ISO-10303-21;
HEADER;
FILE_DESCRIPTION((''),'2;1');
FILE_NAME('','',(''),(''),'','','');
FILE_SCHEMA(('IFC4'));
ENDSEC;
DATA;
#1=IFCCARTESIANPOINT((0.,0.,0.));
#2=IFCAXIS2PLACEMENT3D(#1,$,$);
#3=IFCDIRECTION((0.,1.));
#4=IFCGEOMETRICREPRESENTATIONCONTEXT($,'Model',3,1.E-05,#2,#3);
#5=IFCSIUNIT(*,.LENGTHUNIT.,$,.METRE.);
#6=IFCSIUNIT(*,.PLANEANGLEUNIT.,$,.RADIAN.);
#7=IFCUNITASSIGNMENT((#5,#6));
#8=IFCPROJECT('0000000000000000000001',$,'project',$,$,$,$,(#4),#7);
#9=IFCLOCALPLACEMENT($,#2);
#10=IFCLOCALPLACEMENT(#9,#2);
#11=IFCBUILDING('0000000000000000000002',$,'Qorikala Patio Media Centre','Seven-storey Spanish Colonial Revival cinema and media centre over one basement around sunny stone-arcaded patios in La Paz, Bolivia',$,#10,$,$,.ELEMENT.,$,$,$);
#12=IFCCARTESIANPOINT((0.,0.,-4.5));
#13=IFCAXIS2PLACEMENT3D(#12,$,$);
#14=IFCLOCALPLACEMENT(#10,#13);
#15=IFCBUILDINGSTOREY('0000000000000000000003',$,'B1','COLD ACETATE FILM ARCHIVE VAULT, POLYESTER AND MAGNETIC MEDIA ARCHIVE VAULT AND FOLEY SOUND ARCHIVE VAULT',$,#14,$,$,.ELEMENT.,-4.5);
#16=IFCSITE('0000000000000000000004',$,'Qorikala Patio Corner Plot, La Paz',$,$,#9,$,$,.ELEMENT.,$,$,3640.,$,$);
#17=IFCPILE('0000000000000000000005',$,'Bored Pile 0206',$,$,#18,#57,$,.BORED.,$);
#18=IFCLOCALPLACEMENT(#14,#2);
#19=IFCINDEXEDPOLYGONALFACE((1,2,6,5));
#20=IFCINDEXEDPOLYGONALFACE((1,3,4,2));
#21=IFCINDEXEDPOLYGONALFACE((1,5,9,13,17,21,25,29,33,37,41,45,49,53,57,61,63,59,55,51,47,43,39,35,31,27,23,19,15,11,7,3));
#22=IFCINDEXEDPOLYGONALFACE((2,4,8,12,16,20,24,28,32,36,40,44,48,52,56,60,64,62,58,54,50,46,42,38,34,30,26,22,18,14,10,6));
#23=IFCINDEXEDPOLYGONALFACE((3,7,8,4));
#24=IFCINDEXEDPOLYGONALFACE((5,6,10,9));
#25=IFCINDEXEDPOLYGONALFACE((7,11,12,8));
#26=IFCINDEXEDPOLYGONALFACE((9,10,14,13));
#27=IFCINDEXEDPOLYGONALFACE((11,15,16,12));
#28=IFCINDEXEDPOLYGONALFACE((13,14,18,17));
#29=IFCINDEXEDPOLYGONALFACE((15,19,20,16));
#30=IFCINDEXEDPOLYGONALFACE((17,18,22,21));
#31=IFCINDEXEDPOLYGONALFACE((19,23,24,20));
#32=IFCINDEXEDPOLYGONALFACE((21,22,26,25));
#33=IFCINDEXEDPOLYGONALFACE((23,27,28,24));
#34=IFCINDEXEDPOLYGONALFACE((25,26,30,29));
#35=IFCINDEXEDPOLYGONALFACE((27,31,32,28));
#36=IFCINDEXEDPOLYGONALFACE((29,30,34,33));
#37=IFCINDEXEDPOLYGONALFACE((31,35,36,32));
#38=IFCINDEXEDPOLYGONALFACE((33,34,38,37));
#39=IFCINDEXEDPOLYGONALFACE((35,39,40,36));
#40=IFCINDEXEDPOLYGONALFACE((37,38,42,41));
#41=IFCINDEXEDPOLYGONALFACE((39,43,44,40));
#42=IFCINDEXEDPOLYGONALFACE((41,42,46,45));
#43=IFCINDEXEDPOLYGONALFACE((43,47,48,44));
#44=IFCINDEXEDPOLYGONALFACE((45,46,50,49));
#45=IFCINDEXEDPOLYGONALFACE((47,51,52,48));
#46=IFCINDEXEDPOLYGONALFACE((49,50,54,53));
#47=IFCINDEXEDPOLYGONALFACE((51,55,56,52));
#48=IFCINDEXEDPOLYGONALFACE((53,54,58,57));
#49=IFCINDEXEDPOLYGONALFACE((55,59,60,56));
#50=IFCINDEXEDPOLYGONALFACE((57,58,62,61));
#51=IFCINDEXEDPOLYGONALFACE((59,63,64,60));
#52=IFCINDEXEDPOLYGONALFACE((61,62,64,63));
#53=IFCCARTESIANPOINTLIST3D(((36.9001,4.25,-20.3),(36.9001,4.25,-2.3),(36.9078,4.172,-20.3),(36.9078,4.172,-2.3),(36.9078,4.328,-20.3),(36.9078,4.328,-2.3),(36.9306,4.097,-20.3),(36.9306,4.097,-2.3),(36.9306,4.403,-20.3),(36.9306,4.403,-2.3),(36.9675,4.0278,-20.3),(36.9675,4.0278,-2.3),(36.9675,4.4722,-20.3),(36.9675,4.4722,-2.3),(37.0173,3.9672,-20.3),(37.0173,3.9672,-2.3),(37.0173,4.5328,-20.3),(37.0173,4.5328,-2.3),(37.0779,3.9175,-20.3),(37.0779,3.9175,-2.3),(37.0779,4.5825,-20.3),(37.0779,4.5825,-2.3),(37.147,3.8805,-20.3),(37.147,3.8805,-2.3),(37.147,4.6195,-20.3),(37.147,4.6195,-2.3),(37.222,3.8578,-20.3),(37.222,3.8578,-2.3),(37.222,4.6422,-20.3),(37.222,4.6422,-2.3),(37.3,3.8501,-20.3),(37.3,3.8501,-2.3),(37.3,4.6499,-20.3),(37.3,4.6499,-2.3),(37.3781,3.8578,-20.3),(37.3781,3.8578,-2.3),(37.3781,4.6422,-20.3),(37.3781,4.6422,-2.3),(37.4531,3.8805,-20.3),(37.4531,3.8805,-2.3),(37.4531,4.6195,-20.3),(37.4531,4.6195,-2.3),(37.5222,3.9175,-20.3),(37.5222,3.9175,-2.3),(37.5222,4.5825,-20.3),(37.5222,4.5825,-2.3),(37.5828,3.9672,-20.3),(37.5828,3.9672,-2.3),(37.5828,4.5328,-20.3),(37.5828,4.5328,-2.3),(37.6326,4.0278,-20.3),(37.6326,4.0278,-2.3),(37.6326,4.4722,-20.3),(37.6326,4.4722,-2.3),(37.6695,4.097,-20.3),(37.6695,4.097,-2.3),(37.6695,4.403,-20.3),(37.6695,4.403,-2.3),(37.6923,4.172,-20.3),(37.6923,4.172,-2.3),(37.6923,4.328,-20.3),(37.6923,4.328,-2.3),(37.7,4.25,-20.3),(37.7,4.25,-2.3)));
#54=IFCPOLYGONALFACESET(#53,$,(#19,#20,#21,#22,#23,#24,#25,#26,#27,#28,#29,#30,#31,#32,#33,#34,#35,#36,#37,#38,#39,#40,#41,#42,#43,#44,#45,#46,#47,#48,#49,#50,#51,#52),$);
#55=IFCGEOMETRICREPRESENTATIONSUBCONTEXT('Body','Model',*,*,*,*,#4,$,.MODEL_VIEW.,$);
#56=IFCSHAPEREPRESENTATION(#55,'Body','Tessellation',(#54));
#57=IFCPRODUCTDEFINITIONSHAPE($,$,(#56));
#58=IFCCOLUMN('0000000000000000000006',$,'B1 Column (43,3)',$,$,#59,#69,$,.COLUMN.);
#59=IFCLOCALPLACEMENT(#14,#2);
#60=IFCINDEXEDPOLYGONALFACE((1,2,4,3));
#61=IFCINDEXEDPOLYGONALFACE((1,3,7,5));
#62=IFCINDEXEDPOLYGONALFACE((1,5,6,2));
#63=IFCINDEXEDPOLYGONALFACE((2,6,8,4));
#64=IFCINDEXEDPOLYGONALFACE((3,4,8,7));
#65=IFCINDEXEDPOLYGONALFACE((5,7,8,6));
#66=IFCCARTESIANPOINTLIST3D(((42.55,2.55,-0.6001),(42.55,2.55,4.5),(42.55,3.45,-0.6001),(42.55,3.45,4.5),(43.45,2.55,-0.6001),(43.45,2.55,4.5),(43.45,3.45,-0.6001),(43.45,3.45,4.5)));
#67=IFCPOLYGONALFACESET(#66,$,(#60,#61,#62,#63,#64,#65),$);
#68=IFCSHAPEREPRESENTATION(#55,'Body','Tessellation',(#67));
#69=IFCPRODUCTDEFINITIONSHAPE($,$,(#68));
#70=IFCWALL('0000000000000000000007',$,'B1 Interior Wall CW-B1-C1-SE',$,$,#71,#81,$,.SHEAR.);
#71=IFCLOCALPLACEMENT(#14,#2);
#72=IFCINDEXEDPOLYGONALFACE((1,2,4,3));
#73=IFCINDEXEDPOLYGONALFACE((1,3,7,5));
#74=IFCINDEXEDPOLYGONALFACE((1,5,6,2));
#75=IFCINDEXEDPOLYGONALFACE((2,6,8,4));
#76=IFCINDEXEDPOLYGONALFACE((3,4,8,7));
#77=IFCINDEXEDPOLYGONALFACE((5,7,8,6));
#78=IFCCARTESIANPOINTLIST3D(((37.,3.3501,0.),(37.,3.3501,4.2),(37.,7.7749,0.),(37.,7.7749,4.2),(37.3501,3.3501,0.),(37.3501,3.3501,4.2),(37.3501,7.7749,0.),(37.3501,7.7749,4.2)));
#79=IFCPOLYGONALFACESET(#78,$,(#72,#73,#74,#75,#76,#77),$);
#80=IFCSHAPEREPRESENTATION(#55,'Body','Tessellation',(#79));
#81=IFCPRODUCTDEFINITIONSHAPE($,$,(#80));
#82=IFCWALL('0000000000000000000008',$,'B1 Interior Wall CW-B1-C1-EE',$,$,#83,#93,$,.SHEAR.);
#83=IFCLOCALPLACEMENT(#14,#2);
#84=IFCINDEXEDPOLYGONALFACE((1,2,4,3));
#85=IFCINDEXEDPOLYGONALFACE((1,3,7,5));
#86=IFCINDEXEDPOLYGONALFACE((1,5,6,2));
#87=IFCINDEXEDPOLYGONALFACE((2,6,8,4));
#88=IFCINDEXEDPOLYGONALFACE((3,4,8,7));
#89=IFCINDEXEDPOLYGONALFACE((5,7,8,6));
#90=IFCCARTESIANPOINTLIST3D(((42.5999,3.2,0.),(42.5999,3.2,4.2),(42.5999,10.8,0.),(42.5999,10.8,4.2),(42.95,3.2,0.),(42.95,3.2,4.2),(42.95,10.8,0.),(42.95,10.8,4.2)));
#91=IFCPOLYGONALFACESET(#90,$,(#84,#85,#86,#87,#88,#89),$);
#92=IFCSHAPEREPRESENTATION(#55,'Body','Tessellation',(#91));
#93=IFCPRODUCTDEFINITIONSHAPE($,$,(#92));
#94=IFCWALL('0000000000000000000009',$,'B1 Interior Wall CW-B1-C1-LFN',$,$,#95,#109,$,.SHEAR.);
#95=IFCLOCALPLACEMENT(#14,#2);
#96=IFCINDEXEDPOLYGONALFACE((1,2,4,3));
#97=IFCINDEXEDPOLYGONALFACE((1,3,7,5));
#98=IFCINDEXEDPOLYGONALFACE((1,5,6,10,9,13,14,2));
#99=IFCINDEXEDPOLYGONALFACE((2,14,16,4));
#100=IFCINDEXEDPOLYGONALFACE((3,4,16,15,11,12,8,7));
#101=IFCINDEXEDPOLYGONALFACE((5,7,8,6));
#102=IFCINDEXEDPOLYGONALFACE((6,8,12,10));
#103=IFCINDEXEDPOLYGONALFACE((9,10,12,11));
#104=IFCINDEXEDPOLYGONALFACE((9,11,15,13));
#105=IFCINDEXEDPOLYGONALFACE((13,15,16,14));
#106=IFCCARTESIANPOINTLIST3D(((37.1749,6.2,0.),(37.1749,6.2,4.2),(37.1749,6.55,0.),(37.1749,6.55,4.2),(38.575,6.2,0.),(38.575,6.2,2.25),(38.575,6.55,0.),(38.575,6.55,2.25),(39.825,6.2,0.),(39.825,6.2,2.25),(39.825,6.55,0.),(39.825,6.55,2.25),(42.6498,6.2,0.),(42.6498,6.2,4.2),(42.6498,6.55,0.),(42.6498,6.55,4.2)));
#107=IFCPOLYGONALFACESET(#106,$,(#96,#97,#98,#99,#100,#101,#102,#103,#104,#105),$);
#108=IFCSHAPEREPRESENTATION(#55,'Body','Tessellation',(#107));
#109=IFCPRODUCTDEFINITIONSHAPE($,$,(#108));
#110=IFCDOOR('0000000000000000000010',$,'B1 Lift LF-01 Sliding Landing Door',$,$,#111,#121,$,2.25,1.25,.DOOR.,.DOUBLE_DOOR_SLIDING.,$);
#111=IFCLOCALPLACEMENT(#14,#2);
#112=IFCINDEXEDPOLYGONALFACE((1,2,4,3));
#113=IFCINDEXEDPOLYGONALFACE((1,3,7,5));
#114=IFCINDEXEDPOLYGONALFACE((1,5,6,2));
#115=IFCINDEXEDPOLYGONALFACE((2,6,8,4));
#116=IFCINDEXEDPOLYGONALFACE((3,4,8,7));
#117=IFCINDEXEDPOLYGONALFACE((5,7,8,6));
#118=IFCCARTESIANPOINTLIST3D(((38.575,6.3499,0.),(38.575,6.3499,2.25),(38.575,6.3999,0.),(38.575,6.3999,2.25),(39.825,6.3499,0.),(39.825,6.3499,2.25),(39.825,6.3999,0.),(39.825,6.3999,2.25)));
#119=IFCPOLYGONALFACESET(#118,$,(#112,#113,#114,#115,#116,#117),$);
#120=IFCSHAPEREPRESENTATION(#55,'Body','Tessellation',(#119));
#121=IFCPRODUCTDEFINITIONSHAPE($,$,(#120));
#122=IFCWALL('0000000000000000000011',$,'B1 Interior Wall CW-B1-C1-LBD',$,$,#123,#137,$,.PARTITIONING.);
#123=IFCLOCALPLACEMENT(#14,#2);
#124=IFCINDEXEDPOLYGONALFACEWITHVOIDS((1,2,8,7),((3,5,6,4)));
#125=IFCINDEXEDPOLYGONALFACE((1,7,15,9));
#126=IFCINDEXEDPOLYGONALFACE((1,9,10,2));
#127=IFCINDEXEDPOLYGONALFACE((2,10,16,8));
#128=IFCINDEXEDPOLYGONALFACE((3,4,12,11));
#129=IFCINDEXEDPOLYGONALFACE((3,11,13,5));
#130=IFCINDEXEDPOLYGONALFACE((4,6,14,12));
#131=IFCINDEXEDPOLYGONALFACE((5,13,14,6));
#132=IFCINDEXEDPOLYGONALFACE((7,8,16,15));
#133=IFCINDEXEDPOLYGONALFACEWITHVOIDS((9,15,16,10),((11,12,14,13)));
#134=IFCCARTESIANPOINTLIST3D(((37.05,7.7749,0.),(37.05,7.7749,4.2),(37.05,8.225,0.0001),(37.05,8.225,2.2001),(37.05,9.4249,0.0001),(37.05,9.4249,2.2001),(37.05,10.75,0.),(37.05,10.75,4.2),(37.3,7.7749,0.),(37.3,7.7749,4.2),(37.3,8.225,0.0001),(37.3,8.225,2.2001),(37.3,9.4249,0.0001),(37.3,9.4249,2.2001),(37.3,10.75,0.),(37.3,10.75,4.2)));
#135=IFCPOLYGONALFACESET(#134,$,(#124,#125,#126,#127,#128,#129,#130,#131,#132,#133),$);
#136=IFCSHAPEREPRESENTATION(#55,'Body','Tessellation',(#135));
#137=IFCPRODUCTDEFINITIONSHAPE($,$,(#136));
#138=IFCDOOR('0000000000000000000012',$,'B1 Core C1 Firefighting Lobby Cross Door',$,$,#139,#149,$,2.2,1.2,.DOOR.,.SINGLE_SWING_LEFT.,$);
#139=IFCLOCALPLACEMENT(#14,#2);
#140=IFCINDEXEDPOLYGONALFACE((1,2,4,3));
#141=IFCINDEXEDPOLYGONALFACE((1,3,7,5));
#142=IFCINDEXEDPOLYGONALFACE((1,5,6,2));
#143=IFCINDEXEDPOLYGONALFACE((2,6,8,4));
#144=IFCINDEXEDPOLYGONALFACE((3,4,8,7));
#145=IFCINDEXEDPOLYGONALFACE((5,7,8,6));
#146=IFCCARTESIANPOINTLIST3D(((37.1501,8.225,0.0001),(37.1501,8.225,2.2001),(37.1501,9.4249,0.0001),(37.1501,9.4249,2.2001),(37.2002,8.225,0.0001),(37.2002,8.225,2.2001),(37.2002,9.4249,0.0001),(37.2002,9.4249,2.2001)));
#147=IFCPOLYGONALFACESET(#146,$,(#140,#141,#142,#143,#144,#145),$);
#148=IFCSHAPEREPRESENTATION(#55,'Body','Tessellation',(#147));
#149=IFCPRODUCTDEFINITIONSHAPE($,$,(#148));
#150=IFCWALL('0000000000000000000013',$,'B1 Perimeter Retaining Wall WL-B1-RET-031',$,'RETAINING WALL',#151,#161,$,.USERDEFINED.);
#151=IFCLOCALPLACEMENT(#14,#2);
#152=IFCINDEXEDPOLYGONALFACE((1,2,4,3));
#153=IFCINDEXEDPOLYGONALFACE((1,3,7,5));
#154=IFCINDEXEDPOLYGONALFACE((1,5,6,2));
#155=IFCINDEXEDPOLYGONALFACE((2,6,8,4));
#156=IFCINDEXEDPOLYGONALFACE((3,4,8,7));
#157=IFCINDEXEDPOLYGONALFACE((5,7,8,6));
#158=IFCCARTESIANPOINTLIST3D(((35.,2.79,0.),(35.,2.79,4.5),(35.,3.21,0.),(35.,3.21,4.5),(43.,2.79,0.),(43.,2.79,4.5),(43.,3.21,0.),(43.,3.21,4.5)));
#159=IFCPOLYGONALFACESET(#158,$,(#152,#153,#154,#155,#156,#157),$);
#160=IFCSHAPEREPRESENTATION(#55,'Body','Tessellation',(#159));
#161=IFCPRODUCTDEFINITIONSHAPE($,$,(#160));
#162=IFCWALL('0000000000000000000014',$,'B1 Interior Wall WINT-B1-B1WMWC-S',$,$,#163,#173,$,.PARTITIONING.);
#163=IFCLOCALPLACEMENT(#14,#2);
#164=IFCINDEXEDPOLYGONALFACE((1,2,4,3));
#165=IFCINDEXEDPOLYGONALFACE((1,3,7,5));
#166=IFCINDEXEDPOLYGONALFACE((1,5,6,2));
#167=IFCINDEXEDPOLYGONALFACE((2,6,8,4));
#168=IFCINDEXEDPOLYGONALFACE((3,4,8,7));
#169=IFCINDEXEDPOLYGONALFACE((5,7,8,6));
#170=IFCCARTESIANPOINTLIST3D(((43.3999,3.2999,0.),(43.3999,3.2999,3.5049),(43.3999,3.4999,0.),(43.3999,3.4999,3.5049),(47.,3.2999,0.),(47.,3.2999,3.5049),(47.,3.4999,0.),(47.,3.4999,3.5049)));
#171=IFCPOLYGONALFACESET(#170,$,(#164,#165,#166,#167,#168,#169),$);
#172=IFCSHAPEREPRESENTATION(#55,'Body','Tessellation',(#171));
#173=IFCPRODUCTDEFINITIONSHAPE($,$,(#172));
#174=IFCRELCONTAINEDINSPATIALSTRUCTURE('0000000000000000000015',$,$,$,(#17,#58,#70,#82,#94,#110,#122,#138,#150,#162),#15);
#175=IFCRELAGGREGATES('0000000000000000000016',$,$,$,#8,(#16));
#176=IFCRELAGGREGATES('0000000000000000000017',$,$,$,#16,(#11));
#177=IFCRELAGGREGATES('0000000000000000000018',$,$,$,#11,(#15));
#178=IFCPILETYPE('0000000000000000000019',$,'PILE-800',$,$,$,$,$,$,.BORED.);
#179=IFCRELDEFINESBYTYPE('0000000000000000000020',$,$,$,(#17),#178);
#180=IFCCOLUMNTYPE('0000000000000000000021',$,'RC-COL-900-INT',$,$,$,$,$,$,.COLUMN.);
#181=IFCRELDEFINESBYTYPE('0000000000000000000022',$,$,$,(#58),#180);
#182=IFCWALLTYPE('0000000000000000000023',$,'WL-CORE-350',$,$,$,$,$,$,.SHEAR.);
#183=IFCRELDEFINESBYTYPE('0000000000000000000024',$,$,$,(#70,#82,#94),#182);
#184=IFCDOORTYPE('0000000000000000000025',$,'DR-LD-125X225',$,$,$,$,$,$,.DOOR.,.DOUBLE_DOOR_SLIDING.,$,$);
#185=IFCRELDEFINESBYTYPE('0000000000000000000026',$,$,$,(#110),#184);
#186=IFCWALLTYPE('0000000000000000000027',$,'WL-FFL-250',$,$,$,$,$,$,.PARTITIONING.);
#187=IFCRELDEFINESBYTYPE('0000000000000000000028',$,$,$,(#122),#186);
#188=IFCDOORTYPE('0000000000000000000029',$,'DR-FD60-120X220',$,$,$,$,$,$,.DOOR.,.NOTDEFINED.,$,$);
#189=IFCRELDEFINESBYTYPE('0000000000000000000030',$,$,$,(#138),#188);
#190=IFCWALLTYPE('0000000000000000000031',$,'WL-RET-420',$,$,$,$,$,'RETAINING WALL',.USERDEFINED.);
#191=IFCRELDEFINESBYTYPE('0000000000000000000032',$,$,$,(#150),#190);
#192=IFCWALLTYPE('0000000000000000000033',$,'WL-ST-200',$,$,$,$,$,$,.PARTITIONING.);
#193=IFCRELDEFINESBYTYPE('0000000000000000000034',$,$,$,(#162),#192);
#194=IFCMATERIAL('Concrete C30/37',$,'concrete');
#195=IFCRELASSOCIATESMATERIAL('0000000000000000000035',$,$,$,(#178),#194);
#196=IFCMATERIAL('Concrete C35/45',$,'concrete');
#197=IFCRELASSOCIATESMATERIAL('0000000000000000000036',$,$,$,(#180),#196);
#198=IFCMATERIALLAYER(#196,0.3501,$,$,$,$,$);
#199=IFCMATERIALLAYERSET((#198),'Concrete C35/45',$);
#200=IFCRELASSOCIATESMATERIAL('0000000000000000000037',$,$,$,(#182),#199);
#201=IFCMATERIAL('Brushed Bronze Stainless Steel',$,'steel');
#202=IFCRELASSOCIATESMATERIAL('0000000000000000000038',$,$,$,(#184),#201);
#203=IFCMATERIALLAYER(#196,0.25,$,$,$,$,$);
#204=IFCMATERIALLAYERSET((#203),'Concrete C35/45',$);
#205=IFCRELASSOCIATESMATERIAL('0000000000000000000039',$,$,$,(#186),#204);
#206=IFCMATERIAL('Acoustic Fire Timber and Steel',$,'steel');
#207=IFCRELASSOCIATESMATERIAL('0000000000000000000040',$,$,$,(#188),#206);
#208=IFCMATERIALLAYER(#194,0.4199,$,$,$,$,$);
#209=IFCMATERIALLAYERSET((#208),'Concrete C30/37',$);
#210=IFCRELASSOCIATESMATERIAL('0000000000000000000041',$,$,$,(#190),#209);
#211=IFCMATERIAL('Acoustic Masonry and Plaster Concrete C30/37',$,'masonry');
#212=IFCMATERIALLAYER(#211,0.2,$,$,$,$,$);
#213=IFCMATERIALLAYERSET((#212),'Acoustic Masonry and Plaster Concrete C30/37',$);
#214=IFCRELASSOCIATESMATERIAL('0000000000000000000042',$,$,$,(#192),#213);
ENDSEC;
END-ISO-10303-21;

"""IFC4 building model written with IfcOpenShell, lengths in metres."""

from ifc_helpers import new_model, si_unit, direction, frame, frame_2d, origin, origin_2d, place, context, subcontext, project, spatial, rectangle, circle, extrude, material, layer, layer_set, material_profile, profile_set, type_object, element, fill, save


model = new_model("IFC4")

# Units and contexts
model_context = context("Model", 3, precision=1e-05, world=origin(), true_north=direction((0.0, 1.0)))
body_context = subcontext(model_context, "Body", "Model", "MODEL_VIEW")
ifc_project = project(units=[si_unit("LENGTHUNIT", "METRE"), si_unit("PLANEANGLEUNIT", "RADIAN")], contexts=[model_context])

# Site, building, storey
site_placement = place(None, origin())
site = spatial("IfcSite", under=ifc_project, at=site_placement, Name="Qorikala Patio Corner Plot, La Paz", CompositionType="ELEMENT", RefElevation=3640.0)
building_placement = place(site_placement, origin())
building = spatial("IfcBuilding", under=site, at=building_placement, Name="Qorikala Patio Media Centre", Description="Seven-storey Spanish Colonial Revival cinema and media centre over one basement around sunny stone-arcaded patios in La Paz, Bolivia", CompositionType="ELEMENT")
storey_placement = place(building_placement, frame((0.0, 0.0, -4.5)))
storey = spatial("IfcBuildingStorey", under=building, at=storey_placement, Name="B1", Description="COLD ACETATE FILM ARCHIVE VAULT, POLYESTER AND MAGNETIC MEDIA ARCHIVE VAULT AND FOLEY SOUND ARCHIVE VAULT", CompositionType="ELEMENT", Elevation=-4.5)

# Shared definitions
ifc_material_1 = material(Name="Concrete C30/37", Category="concrete")

# Pile
ifc_material_profile_1 = material_profile(ifc_material_1, circle(Radius=0.3999, at=origin_2d()), Name="BORED PILE 800")
ifc_profile_set_1 = profile_set([ifc_material_profile_1], Name="Concrete C30/37")
pile_type_1 = type_object("IfcPileType", Name="PILE-800", PredefinedType="BORED", material=ifc_profile_set_1)
for number, where, z_axis, x_axis, name in (
    (1, (37.3, 4.25, -2.3), (0.0, 0.0, -1.0), (1.0, 0.0, 0.0), "Bored Pile 0206"),
):
    element("IfcPile", number, at=place(storey_placement, frame(where, z_axis=z_axis, x_axis=x_axis)), inside=storey, type_object=pile_type_1, Name=name, PredefinedType="BORED", context=body_context, shape_type="SweptSolid", body=[
        extrude(circle(Radius=0.3999, at=origin_2d()), origin(), (0.0, 0.0, 1.0), 18.0),
    ])

# Column
ifc_material_2 = material(Name="Concrete C35/45", Category="concrete")
ifc_material_profile_2 = material_profile(ifc_material_2, rectangle(XDim=0.8999, YDim=0.8999, at=origin_2d()), Name="RC 900x900")
ifc_profile_set_2 = profile_set([ifc_material_profile_2], Name="Concrete C35/45")
column_type = type_object("IfcColumnType", Name="RC-COL-900-INT", PredefinedType="COLUMN", material=ifc_profile_set_2)
column_placement = place(storey_placement, frame((43.0, 3.0, -0.6001), z_axis=(0.0, 0.0, 1.0), x_axis=(1.0, 0.0, 0.0)))
element("IfcColumn", 2, at=column_placement, inside=storey, type_object=column_type, Name="B1 Column (43,3)", PredefinedType="COLUMN", context=body_context, shape_type="SweptSolid", body=[
    extrude(rectangle(XDim=0.8999, YDim=0.8999, at=origin_2d()), origin(), (0.0, 0.0, 1.0), 5.1001),
])

# Walls
ifc_layer_1 = layer(ifc_material_2, 0.3501)
ifc_layer_set_1 = layer_set([ifc_layer_1], Name="Concrete C35/45")
wall_type_1 = type_object("IfcWallType", Name="WL-CORE-350", PredefinedType="SHEAR", material=ifc_layer_set_1)
wall_1_placement = place(storey_placement, frame((37.175, 3.3501, 0.0), z_axis=(0.0, 0.0, 1.0), x_axis=(0.0, 1.0, 0.0)))
element("IfcWall", 3, at=wall_1_placement, inside=storey, type_object=wall_type_1, Name="B1 Interior Wall CW-B1-C1-SE", PredefinedType="SHEAR", context=body_context, shape_type="SweptSolid", body=[
    extrude(rectangle(XDim=4.4248, YDim=0.3501, at=frame_2d((2.2124, 0.0))), origin(), (0.0, 0.0, 1.0), 4.2),
])
wall_2_placement = place(storey_placement, frame((42.7749, 3.2, 0.0), z_axis=(0.0, 0.0, 1.0), x_axis=(0.0, 1.0, 0.0)))
element("IfcWall", 4, at=wall_2_placement, inside=storey, type_object=wall_type_1, Name="B1 Interior Wall CW-B1-C1-EE", PredefinedType="SHEAR", context=body_context, shape_type="SweptSolid", body=[
    extrude(rectangle(XDim=7.6001, YDim=0.3501, at=frame_2d((3.8, 0.0))), origin(), (0.0, 0.0, 1.0), 4.2),
])

# Walls, openings, doors
wall_3_placement = place(storey_placement, frame((37.175, 6.375, 0.0), z_axis=(0.0, 0.0, 1.0), x_axis=(1.0, 0.0, 0.0)))
wall_3 = element("IfcWall", 5, at=wall_3_placement, inside=storey, type_object=wall_type_1, Name="B1 Interior Wall CW-B1-C1-LFN", PredefinedType="SHEAR", context=body_context, shape_type="SweptSolid", body=[
    extrude(rectangle(XDim=5.4749, YDim=0.3501, at=frame_2d((2.7373, 0.0))), origin(), (0.0, 0.0, 1.0), 4.2),
])
opening_1_placement = place(wall_3_placement, frame((1.3999, 0.0, 0.0)))
opening_1 = element("IfcOpeningElement", 6, at=opening_1_placement, cuts=wall_3, PredefinedType="OPENING", context=body_context, shape_type="SweptSolid", body=[
    extrude(rectangle(XDim=1.25, YDim=2.25, at=frame_2d((0.625, 1.125))), frame((0.0, 0.1851, 0.0), z_axis=(0.0, -1.0, 0.0), x_axis=(1.0, 0.0, 0.0)), (0.0, 0.0, 1.0), 0.3701),
])
ifc_material_3 = material(Name="Brushed Bronze Stainless Steel", Category="steel")
door_type_1 = type_object("IfcDoorType", Name="DR-LD-125X225", OperationType="DOUBLE_DOOR_SLIDING", PredefinedType="DOOR", material=ifc_material_3)
door_1_placement = place(opening_1_placement, origin())
door_1 = element("IfcDoor", 7, at=door_1_placement, inside=storey, type_object=door_type_1, Name="B1 Lift LF-01 Sliding Landing Door", OperationType="DOUBLE_DOOR_SLIDING", OverallHeight=2.25, OverallWidth=1.25, PredefinedType="DOOR", context=body_context, shape_type="SweptSolid", body=[
    extrude(rectangle(XDim=1.25, YDim=2.25, at=frame_2d((0.625, 1.125))), frame((0.0, 0.0249, 0.0), z_axis=(0.0, -1.0, 0.0), x_axis=(1.0, 0.0, 0.0)), (0.0, 0.0, 1.0), 0.05),
])
fill(opening_1, door_1)
ifc_layer_2 = layer(ifc_material_2, 0.25)
ifc_layer_set_2 = layer_set([ifc_layer_2], Name="Concrete C35/45")
wall_type_2 = type_object("IfcWallType", Name="WL-FFL-250", PredefinedType="PARTITIONING", material=ifc_layer_set_2)
wall_4_placement = place(storey_placement, frame((37.175, 7.7749, 0.0), z_axis=(0.0, 0.0, 1.0), x_axis=(0.0, 1.0, 0.0)))
wall_4 = element("IfcWall", 8, at=wall_4_placement, inside=storey, type_object=wall_type_2, Name="B1 Interior Wall CW-B1-C1-LBD", PredefinedType="PARTITIONING", context=body_context, shape_type="SweptSolid", body=[
    extrude(rectangle(XDim=2.9751, YDim=0.25, at=frame_2d((1.4875, 0.0))), origin(), (0.0, 0.0, 1.0), 4.2),
])
opening_2_placement = place(wall_4_placement, frame((0.45, 0.0, 0.0)))
opening_2 = element("IfcOpeningElement", 9, at=opening_2_placement, cuts=wall_4, PredefinedType="OPENING", context=body_context, shape_type="SweptSolid", body=[
    extrude(rectangle(XDim=1.2, YDim=2.2, at=frame_2d((0.6001, 1.1001))), frame((0.0, 0.135, 0.0), z_axis=(0.0, -1.0, 0.0), x_axis=(1.0, 0.0, 0.0)), (0.0, 0.0, 1.0), 0.27),
])
ifc_material_4 = material(Name="Acoustic Fire Timber and Steel", Category="steel")
door_type_2 = type_object("IfcDoorType", Name="DR-FD60-120X220", OperationType="NOTDEFINED", PredefinedType="DOOR", material=ifc_material_4)
door_2_placement = place(opening_2_placement, origin())
door_2 = element("IfcDoor", 10, at=door_2_placement, inside=storey, type_object=door_type_2, Name="B1 Core C1 Firefighting Lobby Cross Door", OperationType="SINGLE_SWING_LEFT", OverallHeight=2.2, OverallWidth=1.2, PredefinedType="DOOR", context=body_context, shape_type="SweptSolid", body=[
    extrude(rectangle(XDim=1.2, YDim=2.2, at=frame_2d((0.6001, 1.1001))), frame((0.0, 0.0249, 0.0), z_axis=(0.0, -1.0, 0.0), x_axis=(1.0, 0.0, 0.0)), (0.0, 0.0, 1.0), 0.05),
])
fill(opening_2, door_2)

# Walls
ifc_layer_3 = layer(ifc_material_1, 0.4199)
ifc_layer_set_3 = layer_set([ifc_layer_3], Name="Concrete C30/37")
wall_type_3 = type_object("IfcWallType", Name="WL-RET-420", ElementType="RETAINING WALL", PredefinedType="USERDEFINED", material=ifc_layer_set_3)
wall_5_placement = place(storey_placement, frame((43.0, 3.0, 0.0), z_axis=(0.0, 0.0, 1.0), x_axis=(-1.0, 0.0, 0.0)))
element("IfcWall", 11, at=wall_5_placement, inside=storey, type_object=wall_type_3, Name="B1 Perimeter Retaining Wall WL-B1-RET-031", ObjectType="RETAINING WALL", PredefinedType="USERDEFINED", context=body_context, shape_type="SweptSolid", body=[
    extrude(rectangle(XDim=8.0, YDim=0.4199, at=frame_2d((4.0, 0.0))), origin(), (0.0, 0.0, 1.0), 4.5),
])
ifc_material_5 = material(Name="Acoustic Masonry and Plaster Concrete C30/37", Category="masonry")
ifc_layer_4 = layer(ifc_material_5, 0.2)
ifc_layer_set_4 = layer_set([ifc_layer_4], Name="Acoustic Masonry and Plaster Concrete C30/37")
wall_type_4 = type_object("IfcWallType", Name="WL-ST-200", PredefinedType="PARTITIONING", material=ifc_layer_set_4)
wall_6_placement = place(storey_placement, frame((43.3999, 3.3999, 0.0), z_axis=(0.0, 0.0, 1.0), x_axis=(1.0, 0.0, 0.0)))
element("IfcWall", 12, at=wall_6_placement, inside=storey, type_object=wall_type_4, Name="B1 Interior Wall WINT-B1-B1WMWC-S", PredefinedType="PARTITIONING", context=body_context, shape_type="SweptSolid", body=[
    extrude(rectangle(XDim=3.6001, YDim=0.2, at=frame_2d((1.8, 0.0))), origin(), (0.0, 0.0, 1.0), 3.5049),
])

save(model, "model.ifc")
